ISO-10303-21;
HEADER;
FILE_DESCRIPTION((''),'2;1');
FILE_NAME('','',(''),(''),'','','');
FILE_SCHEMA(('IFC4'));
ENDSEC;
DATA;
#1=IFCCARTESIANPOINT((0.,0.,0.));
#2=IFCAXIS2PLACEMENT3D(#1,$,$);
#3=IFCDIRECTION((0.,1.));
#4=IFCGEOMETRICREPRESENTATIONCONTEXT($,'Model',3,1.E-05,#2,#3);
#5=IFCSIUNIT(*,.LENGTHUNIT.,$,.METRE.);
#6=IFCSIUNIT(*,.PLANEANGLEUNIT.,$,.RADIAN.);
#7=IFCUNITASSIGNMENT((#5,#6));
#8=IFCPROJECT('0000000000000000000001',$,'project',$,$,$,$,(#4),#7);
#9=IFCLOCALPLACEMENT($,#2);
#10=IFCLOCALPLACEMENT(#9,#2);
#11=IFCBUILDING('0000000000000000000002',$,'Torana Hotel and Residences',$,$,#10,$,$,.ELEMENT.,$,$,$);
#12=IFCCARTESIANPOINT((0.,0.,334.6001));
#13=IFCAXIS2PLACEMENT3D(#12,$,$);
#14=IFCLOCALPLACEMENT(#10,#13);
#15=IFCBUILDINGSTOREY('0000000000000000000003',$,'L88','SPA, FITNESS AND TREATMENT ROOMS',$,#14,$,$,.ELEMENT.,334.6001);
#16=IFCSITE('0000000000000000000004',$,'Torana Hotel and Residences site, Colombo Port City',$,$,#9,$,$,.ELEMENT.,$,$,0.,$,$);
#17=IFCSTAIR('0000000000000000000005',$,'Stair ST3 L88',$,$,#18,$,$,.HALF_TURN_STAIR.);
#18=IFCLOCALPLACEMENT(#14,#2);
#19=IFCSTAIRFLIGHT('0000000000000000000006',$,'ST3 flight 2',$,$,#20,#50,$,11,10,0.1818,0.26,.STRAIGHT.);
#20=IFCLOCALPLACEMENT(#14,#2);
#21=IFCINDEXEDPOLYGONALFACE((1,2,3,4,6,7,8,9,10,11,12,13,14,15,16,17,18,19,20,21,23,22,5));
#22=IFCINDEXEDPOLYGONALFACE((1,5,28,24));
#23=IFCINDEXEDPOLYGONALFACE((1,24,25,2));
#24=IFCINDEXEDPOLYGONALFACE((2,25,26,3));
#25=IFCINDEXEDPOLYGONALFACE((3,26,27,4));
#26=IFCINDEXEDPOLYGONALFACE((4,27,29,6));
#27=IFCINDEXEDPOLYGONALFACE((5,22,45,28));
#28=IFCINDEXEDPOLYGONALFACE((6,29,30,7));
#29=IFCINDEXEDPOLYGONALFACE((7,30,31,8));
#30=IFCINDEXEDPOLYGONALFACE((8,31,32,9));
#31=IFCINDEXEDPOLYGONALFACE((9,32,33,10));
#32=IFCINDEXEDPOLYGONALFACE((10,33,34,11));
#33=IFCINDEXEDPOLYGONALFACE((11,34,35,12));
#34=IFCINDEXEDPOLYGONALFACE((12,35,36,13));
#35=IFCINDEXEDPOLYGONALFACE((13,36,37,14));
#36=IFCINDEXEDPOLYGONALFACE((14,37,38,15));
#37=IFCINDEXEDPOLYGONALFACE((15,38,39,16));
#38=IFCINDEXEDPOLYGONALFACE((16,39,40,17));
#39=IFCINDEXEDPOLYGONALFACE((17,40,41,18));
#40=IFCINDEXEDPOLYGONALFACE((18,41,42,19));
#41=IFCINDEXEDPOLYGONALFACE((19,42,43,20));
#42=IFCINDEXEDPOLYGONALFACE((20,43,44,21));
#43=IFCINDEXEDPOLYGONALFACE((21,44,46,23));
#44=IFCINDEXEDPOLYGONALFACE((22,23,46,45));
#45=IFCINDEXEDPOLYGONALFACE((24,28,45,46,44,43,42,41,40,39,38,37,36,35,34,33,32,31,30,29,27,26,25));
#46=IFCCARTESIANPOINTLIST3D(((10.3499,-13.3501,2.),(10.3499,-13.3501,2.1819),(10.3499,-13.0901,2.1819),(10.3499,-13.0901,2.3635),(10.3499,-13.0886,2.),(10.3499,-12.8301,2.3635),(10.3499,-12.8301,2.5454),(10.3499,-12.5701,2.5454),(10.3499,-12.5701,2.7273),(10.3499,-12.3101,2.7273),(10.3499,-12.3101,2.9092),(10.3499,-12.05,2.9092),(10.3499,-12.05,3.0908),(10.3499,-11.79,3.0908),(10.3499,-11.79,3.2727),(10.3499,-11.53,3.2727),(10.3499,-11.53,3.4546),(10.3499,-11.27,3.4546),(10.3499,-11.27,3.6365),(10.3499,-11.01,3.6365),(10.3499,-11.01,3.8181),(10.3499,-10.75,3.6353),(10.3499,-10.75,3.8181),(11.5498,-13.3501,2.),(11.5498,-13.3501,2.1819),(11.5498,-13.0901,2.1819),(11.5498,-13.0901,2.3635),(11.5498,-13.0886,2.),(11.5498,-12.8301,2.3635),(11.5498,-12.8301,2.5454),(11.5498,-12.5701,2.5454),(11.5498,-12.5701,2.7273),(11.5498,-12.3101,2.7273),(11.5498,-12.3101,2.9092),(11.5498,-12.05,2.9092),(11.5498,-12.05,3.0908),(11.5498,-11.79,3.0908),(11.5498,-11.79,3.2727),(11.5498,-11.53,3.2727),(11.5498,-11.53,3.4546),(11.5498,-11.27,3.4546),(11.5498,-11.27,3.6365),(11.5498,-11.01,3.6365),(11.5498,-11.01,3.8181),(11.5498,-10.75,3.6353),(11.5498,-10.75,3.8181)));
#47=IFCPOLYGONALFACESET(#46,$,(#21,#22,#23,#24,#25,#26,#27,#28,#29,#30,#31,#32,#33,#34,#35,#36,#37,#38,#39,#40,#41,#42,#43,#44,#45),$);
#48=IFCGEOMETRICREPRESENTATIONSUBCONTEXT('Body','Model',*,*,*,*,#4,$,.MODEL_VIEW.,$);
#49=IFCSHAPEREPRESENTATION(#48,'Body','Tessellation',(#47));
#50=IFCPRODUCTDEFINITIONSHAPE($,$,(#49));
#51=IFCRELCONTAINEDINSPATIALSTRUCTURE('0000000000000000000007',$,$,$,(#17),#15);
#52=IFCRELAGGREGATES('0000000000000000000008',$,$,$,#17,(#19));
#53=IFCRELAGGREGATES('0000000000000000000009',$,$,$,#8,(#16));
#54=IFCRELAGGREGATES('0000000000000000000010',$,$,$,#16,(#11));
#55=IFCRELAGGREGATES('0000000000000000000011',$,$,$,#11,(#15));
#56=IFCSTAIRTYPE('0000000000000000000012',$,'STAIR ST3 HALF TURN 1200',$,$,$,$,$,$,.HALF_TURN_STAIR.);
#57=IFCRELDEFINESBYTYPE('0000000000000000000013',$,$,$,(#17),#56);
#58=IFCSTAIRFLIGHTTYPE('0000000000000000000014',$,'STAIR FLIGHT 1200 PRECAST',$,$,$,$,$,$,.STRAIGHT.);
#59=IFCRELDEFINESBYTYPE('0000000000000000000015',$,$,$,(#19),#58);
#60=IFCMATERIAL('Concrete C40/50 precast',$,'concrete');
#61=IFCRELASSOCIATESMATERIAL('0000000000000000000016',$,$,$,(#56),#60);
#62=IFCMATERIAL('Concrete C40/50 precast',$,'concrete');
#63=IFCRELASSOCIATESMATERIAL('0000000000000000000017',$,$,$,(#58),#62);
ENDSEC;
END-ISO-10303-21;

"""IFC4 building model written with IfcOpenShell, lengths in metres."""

from ifc_helpers import new_model, si_unit, direction, frame, origin, place, context, subcontext, project, spatial, polyline, outline, extrude, material, type_object, element, aggregate, save


model = new_model("IFC4")

# Units and contexts
model_context = context("Model", 3, precision=1e-05, world=origin(), true_north=direction((0.0, 1.0)))
body_context = subcontext(model_context, "Body", "Model", "MODEL_VIEW")
ifc_project = project(units=[si_unit("LENGTHUNIT", "METRE"), si_unit("PLANEANGLEUNIT", "RADIAN")], contexts=[model_context])

# Site, building, storey
site_placement = place(None, origin())
site = spatial("IfcSite", under=ifc_project, at=site_placement, Name="Torana Hotel and Residences site, Colombo Port City", CompositionType="ELEMENT", RefElevation=0.0)
building_placement = place(site_placement, origin())
building = spatial("IfcBuilding", under=site, at=building_placement, Name="Torana Hotel and Residences", CompositionType="ELEMENT")
storey_placement = place(building_placement, frame((0.0, 0.0, 334.6001)))
storey = spatial("IfcBuildingStorey", under=building, at=storey_placement, Name="L88", Description="SPA, FITNESS AND TREATMENT ROOMS", CompositionType="ELEMENT", Elevation=334.6001)

# Stair, stair flight
ifc_material_1 = material(Name="Concrete C40/50 precast", Category="concrete")
stair_type = type_object("IfcStairType", Name="STAIR ST3 HALF TURN 1200", PredefinedType="HALF_TURN_STAIR", material=ifc_material_1)
stair_placement = place(storey_placement, origin())
stair = element("IfcStair", 1, at=stair_placement, inside=storey, type_object=stair_type, Name="Stair ST3 L88", PredefinedType="HALF_TURN_STAIR")
ifc_material_2 = material(Name="Concrete C40/50 precast", Category="concrete")
stair_flight_type = type_object("IfcStairFlightType", Name="STAIR FLIGHT 1200 PRECAST", PredefinedType="STRAIGHT", material=ifc_material_2)
stair_flight_1_placement = place(storey_placement, frame((10.95, -13.3501, 2.0), z_axis=(0.0, 0.0, 1.0), x_axis=(0.0, 1.0, 0.0)))
stair_flight_1 = element("IfcStairFlight", 2, at=stair_flight_1_placement, type_object=stair_flight_type, Name="ST3 flight 2", NumberOfRisers=11, NumberOfTreads=10, PredefinedType="STRAIGHT", RiserHeight=0.1818, TreadLength=0.26, context=body_context, shape_type="SweptSolid", body=[
    extrude(outline(polyline([(0.0, 0.0), (0.0, 0.1819), (0.26, 0.1819), (0.26, 0.3635), (0.52, 0.3635), (0.52, 0.5454), (0.78, 0.5454), (0.78, 0.7273), (1.04, 0.7273), (1.04, 0.9092), (1.3, 0.9092), (1.3, 1.0908), (1.5601, 1.0908), (1.5601, 1.2727), (1.8201, 1.2727), (1.8201, 1.4546), (2.0801, 1.4546), (2.0801, 1.6365), (2.3401, 1.6365), (2.3401, 1.8181), (2.6001, 1.8181), (2.6001, 2.0), (2.6001, 1.6353), (0.2615, 0.0), (0.0, 0.0)])), frame((0.0, 0.6001, 0.0), z_axis=(0.0, -1.0, 0.0), x_axis=(1.0, 0.0, 0.0)), (0.0, 0.0, 1.0), 1.2),
])
aggregate(stair, [stair_flight_1])

save(model, "model.ifc")
